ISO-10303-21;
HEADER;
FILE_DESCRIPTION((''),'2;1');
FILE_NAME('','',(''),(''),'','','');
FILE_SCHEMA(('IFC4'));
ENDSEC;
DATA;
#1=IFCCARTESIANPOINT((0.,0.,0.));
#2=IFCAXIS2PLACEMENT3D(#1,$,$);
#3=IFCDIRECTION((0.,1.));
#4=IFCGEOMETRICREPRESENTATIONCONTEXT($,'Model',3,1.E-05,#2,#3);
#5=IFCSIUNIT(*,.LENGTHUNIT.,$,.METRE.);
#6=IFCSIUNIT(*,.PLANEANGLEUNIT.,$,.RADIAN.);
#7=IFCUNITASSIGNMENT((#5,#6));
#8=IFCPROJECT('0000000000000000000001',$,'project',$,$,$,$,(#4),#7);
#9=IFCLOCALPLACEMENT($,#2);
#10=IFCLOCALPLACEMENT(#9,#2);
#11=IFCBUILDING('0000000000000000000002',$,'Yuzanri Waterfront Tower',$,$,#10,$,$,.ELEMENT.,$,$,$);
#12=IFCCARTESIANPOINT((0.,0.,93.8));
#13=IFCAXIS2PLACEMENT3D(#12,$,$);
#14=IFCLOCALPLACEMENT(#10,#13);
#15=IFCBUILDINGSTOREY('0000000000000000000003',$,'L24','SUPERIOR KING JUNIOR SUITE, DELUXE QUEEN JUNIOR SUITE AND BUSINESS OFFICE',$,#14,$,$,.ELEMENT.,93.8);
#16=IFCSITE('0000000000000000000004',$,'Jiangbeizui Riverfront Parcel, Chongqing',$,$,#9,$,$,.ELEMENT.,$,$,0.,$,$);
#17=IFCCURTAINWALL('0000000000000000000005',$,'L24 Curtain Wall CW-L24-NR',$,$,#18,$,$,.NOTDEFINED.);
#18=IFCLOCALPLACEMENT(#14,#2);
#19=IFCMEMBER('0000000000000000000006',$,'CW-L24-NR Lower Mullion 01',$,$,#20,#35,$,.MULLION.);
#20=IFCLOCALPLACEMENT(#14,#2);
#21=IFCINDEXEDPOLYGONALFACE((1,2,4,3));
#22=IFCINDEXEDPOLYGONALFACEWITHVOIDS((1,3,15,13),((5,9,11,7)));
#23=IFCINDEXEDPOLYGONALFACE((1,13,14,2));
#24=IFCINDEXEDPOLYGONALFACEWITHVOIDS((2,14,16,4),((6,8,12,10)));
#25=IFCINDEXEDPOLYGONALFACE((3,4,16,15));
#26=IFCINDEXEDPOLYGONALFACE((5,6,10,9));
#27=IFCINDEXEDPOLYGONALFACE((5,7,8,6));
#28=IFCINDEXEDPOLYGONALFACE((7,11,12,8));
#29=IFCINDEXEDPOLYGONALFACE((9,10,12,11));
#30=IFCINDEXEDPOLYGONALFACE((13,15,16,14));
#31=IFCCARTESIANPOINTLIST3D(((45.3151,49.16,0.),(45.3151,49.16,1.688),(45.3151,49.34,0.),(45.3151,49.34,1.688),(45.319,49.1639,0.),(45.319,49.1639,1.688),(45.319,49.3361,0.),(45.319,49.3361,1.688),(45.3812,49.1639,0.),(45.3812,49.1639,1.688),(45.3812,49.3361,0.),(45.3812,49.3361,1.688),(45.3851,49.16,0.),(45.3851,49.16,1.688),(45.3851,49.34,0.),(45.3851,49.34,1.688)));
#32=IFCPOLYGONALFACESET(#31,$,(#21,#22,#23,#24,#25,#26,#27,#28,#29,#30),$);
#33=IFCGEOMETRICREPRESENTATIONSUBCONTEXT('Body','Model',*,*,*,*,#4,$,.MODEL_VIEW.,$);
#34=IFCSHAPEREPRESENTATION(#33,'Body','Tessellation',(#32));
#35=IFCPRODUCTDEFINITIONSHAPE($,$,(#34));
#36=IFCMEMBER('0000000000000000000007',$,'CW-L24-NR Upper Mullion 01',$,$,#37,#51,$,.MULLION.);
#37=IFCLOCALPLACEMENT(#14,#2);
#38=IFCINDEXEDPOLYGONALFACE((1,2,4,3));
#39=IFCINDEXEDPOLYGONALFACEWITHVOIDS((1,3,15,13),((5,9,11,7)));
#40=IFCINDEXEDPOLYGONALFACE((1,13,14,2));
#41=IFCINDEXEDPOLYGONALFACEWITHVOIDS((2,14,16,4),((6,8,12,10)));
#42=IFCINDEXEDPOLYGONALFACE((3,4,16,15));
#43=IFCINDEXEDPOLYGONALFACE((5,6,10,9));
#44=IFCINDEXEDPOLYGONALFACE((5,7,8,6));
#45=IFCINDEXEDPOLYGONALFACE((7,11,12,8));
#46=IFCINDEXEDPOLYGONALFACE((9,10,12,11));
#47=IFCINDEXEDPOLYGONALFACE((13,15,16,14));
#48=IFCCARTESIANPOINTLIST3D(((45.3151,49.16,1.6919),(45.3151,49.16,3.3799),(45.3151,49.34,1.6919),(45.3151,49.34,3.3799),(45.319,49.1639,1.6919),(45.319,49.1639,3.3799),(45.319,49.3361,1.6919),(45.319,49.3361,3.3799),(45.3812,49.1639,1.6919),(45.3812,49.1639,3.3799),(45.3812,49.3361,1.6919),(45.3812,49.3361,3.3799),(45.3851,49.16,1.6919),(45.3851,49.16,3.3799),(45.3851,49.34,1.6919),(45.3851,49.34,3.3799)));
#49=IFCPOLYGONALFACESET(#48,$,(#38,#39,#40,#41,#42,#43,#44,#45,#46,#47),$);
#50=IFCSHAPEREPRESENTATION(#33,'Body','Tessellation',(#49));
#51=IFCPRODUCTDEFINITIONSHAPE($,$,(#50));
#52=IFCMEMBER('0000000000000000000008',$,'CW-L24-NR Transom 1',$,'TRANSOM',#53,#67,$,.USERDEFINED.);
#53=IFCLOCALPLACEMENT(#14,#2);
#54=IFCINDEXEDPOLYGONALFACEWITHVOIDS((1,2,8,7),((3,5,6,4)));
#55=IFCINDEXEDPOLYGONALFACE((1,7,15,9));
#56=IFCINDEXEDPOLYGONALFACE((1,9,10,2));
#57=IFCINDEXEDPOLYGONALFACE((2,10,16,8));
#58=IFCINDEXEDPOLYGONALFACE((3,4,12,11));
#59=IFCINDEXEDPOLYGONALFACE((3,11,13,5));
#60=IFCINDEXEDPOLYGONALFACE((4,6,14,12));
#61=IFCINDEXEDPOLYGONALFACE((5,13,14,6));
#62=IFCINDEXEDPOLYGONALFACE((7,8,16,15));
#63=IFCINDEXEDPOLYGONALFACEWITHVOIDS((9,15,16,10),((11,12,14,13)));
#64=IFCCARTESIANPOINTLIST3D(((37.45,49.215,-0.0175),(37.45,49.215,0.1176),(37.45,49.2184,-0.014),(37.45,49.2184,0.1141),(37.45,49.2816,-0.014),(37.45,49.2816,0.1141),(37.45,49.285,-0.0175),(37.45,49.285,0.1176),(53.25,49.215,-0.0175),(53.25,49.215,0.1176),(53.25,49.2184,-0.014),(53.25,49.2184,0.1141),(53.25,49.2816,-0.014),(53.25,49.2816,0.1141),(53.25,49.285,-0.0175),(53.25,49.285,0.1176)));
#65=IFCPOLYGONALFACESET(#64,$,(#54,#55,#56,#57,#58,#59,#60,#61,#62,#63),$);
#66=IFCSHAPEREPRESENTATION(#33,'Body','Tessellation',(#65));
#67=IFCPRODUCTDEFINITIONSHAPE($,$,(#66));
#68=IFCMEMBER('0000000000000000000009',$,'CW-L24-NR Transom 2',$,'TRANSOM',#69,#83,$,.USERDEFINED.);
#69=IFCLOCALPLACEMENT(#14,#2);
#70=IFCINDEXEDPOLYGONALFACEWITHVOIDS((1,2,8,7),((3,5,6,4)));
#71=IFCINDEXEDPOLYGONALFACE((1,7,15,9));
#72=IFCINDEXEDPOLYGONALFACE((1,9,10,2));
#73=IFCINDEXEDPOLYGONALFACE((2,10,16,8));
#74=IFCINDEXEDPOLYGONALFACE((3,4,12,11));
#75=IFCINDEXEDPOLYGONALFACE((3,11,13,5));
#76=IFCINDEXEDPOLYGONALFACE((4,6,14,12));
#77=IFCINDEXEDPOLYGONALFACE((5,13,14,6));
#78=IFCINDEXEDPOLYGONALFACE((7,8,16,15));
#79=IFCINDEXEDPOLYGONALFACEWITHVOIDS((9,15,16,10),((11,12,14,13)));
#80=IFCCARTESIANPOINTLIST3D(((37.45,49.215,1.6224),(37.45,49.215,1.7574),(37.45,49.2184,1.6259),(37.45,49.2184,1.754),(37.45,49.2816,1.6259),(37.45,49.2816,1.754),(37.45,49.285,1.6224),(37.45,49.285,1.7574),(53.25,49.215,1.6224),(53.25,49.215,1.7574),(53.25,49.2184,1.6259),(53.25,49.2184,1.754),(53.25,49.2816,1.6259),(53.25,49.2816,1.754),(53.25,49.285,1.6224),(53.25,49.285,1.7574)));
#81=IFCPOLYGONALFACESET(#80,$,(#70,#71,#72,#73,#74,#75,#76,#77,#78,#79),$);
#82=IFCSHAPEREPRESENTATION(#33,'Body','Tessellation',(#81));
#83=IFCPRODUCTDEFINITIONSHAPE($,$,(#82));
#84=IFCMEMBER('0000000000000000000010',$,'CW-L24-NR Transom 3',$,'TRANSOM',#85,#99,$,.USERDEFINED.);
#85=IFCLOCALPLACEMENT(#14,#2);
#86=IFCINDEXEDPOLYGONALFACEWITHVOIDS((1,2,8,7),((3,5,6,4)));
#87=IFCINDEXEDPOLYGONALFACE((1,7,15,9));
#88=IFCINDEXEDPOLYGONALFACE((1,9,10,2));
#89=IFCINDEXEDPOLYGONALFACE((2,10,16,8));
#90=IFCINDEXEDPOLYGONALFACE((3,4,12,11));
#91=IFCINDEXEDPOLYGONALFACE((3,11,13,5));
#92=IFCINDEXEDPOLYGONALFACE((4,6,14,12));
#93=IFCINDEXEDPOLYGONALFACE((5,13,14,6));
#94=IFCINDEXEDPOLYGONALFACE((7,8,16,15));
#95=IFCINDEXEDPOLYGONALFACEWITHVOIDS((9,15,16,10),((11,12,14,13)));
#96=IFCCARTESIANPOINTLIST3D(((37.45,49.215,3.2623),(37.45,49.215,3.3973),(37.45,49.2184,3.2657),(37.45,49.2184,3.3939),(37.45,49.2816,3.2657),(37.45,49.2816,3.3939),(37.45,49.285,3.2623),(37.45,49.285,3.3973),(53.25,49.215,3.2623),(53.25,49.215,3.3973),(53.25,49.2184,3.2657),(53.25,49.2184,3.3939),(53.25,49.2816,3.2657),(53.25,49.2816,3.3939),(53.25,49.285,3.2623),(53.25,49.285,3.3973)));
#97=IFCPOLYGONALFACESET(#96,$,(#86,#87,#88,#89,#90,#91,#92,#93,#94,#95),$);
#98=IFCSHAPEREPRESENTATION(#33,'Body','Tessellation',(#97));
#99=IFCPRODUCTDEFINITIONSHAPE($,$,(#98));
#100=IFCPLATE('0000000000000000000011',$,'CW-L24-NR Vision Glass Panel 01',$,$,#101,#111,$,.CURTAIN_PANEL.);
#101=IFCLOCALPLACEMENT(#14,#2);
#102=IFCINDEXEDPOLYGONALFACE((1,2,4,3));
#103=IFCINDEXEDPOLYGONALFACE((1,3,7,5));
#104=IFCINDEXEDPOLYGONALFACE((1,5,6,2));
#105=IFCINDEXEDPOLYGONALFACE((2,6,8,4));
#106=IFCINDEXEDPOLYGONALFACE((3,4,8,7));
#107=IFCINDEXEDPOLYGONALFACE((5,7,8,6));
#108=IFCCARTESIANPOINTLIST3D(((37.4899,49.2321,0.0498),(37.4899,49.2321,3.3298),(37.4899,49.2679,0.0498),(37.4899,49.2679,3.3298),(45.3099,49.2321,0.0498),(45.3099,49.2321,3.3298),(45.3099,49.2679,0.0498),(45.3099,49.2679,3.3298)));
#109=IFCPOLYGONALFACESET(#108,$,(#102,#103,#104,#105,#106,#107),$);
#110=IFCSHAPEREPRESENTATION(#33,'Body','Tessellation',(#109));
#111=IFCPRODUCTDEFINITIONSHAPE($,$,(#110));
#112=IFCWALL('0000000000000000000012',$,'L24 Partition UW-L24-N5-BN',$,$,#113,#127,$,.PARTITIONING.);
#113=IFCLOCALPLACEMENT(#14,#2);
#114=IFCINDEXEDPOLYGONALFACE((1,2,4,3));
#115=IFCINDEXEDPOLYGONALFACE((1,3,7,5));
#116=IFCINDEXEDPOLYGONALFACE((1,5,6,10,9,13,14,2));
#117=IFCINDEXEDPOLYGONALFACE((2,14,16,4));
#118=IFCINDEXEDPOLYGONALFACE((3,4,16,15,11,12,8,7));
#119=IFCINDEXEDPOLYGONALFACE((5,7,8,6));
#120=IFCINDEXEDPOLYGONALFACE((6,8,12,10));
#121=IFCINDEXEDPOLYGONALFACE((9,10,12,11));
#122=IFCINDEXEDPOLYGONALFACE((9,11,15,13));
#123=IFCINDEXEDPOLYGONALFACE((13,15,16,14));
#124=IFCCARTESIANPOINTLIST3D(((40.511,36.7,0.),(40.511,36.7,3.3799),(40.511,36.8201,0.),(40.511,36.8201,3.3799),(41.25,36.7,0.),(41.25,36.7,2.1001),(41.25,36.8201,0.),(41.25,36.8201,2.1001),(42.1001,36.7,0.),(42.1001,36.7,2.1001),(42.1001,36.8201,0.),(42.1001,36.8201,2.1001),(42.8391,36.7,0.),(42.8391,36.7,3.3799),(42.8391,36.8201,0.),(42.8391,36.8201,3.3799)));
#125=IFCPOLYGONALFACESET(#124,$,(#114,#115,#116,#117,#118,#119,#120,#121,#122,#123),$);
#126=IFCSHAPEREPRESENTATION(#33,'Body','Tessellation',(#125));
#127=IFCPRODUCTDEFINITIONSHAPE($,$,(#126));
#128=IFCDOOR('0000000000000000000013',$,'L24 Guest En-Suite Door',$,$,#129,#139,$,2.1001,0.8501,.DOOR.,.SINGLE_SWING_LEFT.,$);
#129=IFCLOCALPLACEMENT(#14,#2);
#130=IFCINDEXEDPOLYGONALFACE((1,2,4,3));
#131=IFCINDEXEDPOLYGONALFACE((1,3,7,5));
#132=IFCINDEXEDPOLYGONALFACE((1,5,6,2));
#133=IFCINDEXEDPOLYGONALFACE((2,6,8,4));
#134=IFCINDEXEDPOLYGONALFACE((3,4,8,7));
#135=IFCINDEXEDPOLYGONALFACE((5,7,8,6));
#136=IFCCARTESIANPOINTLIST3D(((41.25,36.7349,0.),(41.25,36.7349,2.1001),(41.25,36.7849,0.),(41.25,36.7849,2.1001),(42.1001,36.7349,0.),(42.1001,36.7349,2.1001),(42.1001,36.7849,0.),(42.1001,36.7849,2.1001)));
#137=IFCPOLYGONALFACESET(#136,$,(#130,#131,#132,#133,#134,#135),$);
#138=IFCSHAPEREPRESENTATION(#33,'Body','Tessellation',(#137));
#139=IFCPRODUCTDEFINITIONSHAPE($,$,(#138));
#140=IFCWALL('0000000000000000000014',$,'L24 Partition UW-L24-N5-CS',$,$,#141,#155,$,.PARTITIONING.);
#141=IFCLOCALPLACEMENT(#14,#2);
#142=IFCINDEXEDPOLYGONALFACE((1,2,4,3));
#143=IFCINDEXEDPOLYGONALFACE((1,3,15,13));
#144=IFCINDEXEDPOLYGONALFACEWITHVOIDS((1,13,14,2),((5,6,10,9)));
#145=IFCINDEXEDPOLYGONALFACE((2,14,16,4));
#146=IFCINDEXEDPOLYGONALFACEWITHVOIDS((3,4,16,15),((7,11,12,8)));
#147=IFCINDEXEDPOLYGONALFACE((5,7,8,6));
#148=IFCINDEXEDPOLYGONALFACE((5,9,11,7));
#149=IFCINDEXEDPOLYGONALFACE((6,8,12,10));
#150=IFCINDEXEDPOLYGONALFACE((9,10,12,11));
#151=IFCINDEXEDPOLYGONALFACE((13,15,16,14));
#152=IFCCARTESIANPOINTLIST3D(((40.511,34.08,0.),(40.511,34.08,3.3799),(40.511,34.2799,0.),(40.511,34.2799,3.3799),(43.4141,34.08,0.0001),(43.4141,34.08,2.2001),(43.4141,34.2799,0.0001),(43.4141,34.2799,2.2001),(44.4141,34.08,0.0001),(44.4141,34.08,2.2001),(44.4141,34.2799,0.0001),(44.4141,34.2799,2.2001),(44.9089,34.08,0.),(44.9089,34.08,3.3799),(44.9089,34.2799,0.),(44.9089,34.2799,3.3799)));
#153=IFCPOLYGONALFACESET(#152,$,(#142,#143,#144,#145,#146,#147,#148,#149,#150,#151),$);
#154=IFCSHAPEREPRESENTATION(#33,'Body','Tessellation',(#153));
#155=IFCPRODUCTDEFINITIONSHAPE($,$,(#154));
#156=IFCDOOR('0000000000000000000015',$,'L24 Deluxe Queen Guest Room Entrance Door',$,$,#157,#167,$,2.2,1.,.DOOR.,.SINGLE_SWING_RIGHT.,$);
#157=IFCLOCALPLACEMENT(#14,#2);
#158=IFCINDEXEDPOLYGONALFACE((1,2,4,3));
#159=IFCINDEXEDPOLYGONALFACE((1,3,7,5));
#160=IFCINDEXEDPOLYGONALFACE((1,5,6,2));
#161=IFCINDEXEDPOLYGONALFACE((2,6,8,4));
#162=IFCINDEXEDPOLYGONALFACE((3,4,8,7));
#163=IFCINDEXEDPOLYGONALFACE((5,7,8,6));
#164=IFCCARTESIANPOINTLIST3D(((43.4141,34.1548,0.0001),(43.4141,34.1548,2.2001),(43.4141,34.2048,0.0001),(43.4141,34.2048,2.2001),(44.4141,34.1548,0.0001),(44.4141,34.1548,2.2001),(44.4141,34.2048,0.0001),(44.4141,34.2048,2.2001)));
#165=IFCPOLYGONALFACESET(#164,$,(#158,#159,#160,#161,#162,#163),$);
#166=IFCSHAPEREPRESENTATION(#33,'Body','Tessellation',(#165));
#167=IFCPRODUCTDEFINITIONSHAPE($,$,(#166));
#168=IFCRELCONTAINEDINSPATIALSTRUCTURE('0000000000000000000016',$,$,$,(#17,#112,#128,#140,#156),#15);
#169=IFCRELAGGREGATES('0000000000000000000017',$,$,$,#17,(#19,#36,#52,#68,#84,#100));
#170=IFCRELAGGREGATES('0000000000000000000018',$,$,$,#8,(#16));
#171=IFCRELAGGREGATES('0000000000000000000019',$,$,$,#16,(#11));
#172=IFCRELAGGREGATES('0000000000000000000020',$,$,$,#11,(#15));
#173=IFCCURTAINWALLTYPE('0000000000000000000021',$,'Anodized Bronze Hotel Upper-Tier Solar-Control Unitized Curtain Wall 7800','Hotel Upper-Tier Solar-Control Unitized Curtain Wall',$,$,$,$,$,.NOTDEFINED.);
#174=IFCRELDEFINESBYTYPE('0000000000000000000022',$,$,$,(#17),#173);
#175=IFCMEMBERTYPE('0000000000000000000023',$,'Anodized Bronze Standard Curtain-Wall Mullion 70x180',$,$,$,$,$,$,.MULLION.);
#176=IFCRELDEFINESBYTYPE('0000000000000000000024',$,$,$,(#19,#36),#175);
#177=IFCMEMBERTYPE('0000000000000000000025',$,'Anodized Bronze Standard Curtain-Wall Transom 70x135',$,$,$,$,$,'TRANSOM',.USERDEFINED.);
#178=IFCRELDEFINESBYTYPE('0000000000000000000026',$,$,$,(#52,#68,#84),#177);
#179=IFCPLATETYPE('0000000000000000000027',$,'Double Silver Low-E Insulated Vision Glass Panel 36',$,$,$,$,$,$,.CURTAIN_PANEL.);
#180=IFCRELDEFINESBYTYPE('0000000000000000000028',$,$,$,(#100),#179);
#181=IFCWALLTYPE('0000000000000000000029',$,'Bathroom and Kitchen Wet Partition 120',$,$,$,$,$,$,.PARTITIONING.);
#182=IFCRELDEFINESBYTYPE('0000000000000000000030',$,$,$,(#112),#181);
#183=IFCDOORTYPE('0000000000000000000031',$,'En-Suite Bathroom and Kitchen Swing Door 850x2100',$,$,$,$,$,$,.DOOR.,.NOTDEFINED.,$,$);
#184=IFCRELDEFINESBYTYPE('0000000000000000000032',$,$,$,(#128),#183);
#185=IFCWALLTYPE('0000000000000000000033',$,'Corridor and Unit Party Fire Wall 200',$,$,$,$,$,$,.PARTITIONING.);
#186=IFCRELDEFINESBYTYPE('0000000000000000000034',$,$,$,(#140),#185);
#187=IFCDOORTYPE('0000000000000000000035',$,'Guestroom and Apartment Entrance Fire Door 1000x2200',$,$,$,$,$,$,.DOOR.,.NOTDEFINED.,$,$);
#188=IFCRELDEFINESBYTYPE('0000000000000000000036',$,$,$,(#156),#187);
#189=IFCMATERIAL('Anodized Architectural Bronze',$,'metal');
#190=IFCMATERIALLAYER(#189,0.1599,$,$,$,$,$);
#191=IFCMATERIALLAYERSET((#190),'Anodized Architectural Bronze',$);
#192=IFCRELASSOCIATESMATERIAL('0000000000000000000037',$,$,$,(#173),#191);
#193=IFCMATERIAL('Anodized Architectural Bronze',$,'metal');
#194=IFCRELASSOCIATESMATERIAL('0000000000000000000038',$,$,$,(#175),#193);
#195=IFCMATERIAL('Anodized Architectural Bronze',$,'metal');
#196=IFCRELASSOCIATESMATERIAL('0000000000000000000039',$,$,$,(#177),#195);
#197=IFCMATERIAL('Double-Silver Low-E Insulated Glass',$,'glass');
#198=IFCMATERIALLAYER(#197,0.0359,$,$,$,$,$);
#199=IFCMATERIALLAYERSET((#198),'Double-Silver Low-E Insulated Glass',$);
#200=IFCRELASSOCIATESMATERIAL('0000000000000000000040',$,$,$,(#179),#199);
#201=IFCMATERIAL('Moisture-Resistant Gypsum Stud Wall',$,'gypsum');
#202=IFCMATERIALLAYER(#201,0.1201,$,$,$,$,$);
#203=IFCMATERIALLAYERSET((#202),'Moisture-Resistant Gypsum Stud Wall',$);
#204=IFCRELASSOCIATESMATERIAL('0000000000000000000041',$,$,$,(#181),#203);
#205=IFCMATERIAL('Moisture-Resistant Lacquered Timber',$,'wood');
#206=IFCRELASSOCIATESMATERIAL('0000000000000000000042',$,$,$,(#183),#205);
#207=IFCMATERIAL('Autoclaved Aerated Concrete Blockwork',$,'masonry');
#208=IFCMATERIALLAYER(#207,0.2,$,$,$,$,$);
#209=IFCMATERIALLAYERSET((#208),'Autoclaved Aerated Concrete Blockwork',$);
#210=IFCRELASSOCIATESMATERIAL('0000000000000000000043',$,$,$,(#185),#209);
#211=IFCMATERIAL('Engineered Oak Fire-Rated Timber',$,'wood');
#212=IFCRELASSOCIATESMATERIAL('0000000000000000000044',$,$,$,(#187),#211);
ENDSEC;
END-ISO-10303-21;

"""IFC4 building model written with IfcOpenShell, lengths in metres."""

from ifc_helpers import new_model, si_unit, direction, frame, frame_2d, origin, origin_2d, place, context, subcontext, project, spatial, rectangle, hollow_rectangle, extrude, source, transform, mapped, material, layer, layer_set, material_profile, profile_set, type_object, element, fill, aggregate, save


model = new_model("IFC4")

# Units and contexts
model_context = context("Model", 3, precision=1e-05, world=origin(), true_north=direction((0.0, 1.0)))
body_context = subcontext(model_context, "Body", "Model", "MODEL_VIEW")
ifc_project = project(units=[si_unit("LENGTHUNIT", "METRE"), si_unit("PLANEANGLEUNIT", "RADIAN")], contexts=[model_context])

# Site, building, storey
site_placement = place(None, origin())
site = spatial("IfcSite", under=ifc_project, at=site_placement, Name="Jiangbeizui Riverfront Parcel, Chongqing", CompositionType="ELEMENT", RefElevation=0.0)
building_placement = place(site_placement, origin())
building = spatial("IfcBuilding", under=site, at=building_placement, Name="Yuzanri Waterfront Tower", CompositionType="ELEMENT")
storey_placement = place(building_placement, frame((0.0, 0.0, 93.8)))
storey = spatial("IfcBuildingStorey", under=building, at=storey_placement, Name="L24", Description="SUPERIOR KING JUNIOR SUITE, DELUXE QUEEN JUNIOR SUITE AND BUSINESS OFFICE", CompositionType="ELEMENT", Elevation=93.8)

# Shared definitions
ifc_material_1 = material(Name="Anodized Architectural Bronze", Category="metal")
ifc_layer_1 = layer(ifc_material_1, 0.1599)
ifc_layer_set_1 = layer_set([ifc_layer_1], Name="Anodized Architectural Bronze")
curtain_wall_type = type_object("IfcCurtainWallType", Name="Anodized Bronze Hotel Upper-Tier Solar-Control Unitized Curtain Wall 7800", Description="Hotel Upper-Tier Solar-Control Unitized Curtain Wall", PredefinedType="NOTDEFINED", material=ifc_layer_set_1)
ifc_material_2 = material(Name="Anodized Architectural Bronze", Category="metal")
ifc_material_profile_1 = material_profile(ifc_material_2, hollow_rectangle(XDim=0.0701, YDim=0.1799, WallThickness=0.0039, at=origin_2d()), Name="CWM 70x180")
ifc_profile_set_1 = profile_set([ifc_material_profile_1], Name="Anodized Architectural Bronze")
member_type_1 = type_object("IfcMemberType", Name="Anodized Bronze Standard Curtain-Wall Mullion 70x180", PredefinedType="MULLION", material=ifc_profile_set_1)
shared_shape_1 = source(origin(), body_context, "Body", "SweptSolid", [
    extrude(hollow_rectangle(XDim=0.0701, YDim=0.1799, WallThickness=0.0039, at=origin_2d()), origin(), (0.0, 0.0, 1.0), 1.688),
])

# Curtain wall, members, plate
curtain_wall_1_placement = place(storey_placement, origin())
curtain_wall_1 = element("IfcCurtainWall", 1, at=curtain_wall_1_placement, inside=storey, type_object=curtain_wall_type, Name="L24 Curtain Wall CW-L24-NR", PredefinedType="NOTDEFINED")
member_1_placement = place(storey_placement, frame((45.3501, 49.25, 0.0), z_axis=(0.0, 0.0, 1.0), x_axis=(1.0, 0.0, 0.0)))
member_1 = element("IfcMember", 2, at=member_1_placement, type_object=member_type_1, Name="CW-L24-NR Lower Mullion 01", PredefinedType="MULLION", context=body_context, shape_type="MappedRepresentation", body=[
    mapped(shared_shape_1, transform((0.0, 0.0, 0.0), scale=1.0)),
])
member_2_placement = place(storey_placement, frame((45.3501, 49.25, 1.6919), z_axis=(0.0, 0.0, 1.0), x_axis=(1.0, 0.0, 0.0)))
member_2 = element("IfcMember", 3, at=member_2_placement, type_object=member_type_1, Name="CW-L24-NR Upper Mullion 01", PredefinedType="MULLION", context=body_context, shape_type="MappedRepresentation", body=[
    mapped(shared_shape_1, transform((0.0, 0.0, 0.0), scale=1.0)),
])
ifc_material_3 = material(Name="Anodized Architectural Bronze", Category="metal")
ifc_material_profile_2 = material_profile(ifc_material_3, hollow_rectangle(XDim=0.0701, YDim=0.135, WallThickness=0.0034, at=origin_2d()), Name="CWT 70x135")
ifc_profile_set_2 = profile_set([ifc_material_profile_2], Name="Anodized Architectural Bronze")
member_type_2 = type_object("IfcMemberType", Name="Anodized Bronze Standard Curtain-Wall Transom 70x135", ElementType="TRANSOM", PredefinedType="USERDEFINED", material=ifc_profile_set_2)
shared_shape_2 = source(origin(), body_context, "Body", "SweptSolid", [
    extrude(hollow_rectangle(XDim=0.0701, YDim=0.135, WallThickness=0.0034, at=origin_2d()), origin(), (0.0, 0.0, 1.0), 15.8),
])
member_3_placement = place(storey_placement, frame((37.45, 49.25, 0.05), z_axis=(1.0, 0.0, 0.0), x_axis=(0.0, 1.0, 0.0)))
member_3 = element("IfcMember", 4, at=member_3_placement, type_object=member_type_2, Name="CW-L24-NR Transom 1", ObjectType="TRANSOM", PredefinedType="USERDEFINED", context=body_context, shape_type="MappedRepresentation", body=[
    mapped(shared_shape_2, transform((0.0, 0.0, 0.0), scale=1.0)),
])
member_4_placement = place(storey_placement, frame((37.45, 49.25, 1.6899), z_axis=(1.0, 0.0, 0.0), x_axis=(0.0, 1.0, 0.0)))
member_4 = element("IfcMember", 5, at=member_4_placement, type_object=member_type_2, Name="CW-L24-NR Transom 2", ObjectType="TRANSOM", PredefinedType="USERDEFINED", context=body_context, shape_type="MappedRepresentation", body=[
    mapped(shared_shape_2, transform((0.0, 0.0, 0.0), scale=1.0)),
])
member_5_placement = place(storey_placement, frame((37.45, 49.25, 3.3298), z_axis=(1.0, 0.0, 0.0), x_axis=(0.0, 1.0, 0.0)))
member_5 = element("IfcMember", 6, at=member_5_placement, type_object=member_type_2, Name="CW-L24-NR Transom 3", ObjectType="TRANSOM", PredefinedType="USERDEFINED", context=body_context, shape_type="MappedRepresentation", body=[
    mapped(shared_shape_2, transform((0.0, 0.0, 0.0), scale=1.0)),
])
ifc_material_4 = material(Name="Double-Silver Low-E Insulated Glass", Category="glass")
ifc_layer_2 = layer(ifc_material_4, 0.0359)
ifc_layer_set_2 = layer_set([ifc_layer_2], Name="Double-Silver Low-E Insulated Glass")
plate_type = type_object("IfcPlateType", Name="Double Silver Low-E Insulated Vision Glass Panel 36", PredefinedType="CURTAIN_PANEL", material=ifc_layer_set_2)
shared_shape_3 = source(origin(), body_context, "Body", "SweptSolid", [
    extrude(rectangle(XDim=7.8201, YDim=0.0359, at=origin_2d()), origin(), (0.0, 0.0, 1.0), 3.28),
])
plate_placement = place(storey_placement, frame((41.3999, 49.25, 0.0498), z_axis=(0.0, 0.0, 1.0), x_axis=(1.0, 0.0, 0.0)))
plate = element("IfcPlate", 7, at=plate_placement, type_object=plate_type, Name="CW-L24-NR Vision Glass Panel 01", PredefinedType="CURTAIN_PANEL", context=body_context, shape_type="MappedRepresentation", body=[
    mapped(shared_shape_3, transform((0.0, 0.0, 0.0), scale=1.0)),
])
aggregate(curtain_wall_1, [member_1, member_2, member_3, member_4, member_5, plate])

# Walls, openings, doors
ifc_material_5 = material(Name="Moisture-Resistant Gypsum Stud Wall", Category="gypsum")
ifc_layer_3 = layer(ifc_material_5, 0.1201)
ifc_layer_set_3 = layer_set([ifc_layer_3], Name="Moisture-Resistant Gypsum Stud Wall")
wall_type_1 = type_object("IfcWallType", Name="Bathroom and Kitchen Wet Partition 120", PredefinedType="PARTITIONING", material=ifc_layer_set_3)
wall_1_placement = place(storey_placement, frame((40.511, 36.76, 0.0), z_axis=(0.0, 0.0, 1.0), x_axis=(1.0, 0.0, 0.0)))
wall_1 = element("IfcWall", 8, at=wall_1_placement, inside=storey, type_object=wall_type_1, Name="L24 Partition UW-L24-N5-BN", PredefinedType="PARTITIONING", context=body_context, shape_type="SweptSolid", body=[
    extrude(rectangle(XDim=2.3281, YDim=0.1201, at=frame_2d((1.1641, 0.0))), origin(), (0.0, 0.0, 1.0), 3.3799),
])
opening_1_placement = place(wall_1_placement, frame((0.739, 0.0, 0.0)))
opening_1 = element("IfcOpeningElement", 9, at=opening_1_placement, cuts=wall_1, PredefinedType="OPENING", context=body_context, shape_type="SweptSolid", body=[
    extrude(rectangle(XDim=0.8501, YDim=2.1001, at=frame_2d((0.425, 1.05))), frame((0.0, 0.075, 0.0), z_axis=(0.0, -1.0, 0.0), x_axis=(1.0, 0.0, 0.0)), (0.0, 0.0, 1.0), 0.1499),
])
ifc_material_6 = material(Name="Moisture-Resistant Lacquered Timber", Category="wood")
door_type_1 = type_object("IfcDoorType", Name="En-Suite Bathroom and Kitchen Swing Door 850x2100", OperationType="NOTDEFINED", PredefinedType="DOOR", material=ifc_material_6)
shared_shape_4 = source(origin(), body_context, "Body", "SweptSolid", [
    extrude(rectangle(XDim=0.8501, YDim=2.1001, at=frame_2d((0.425, 1.05))), frame((0.0, 0.0249, 0.0), z_axis=(0.0, -1.0, 0.0), x_axis=(1.0, 0.0, 0.0)), (0.0, 0.0, 1.0), 0.05),
])
door_1_placement = place(opening_1_placement, origin())
door_1 = element("IfcDoor", 10, at=door_1_placement, inside=storey, type_object=door_type_1, Name="L24 Guest En-Suite Door", OperationType="SINGLE_SWING_LEFT", OverallHeight=2.1001, OverallWidth=0.8501, PredefinedType="DOOR", context=body_context, shape_type="MappedRepresentation", body=[
    mapped(shared_shape_4, transform((0.0, 0.0, 0.0), scale=1.0)),
])
fill(opening_1, door_1)
ifc_material_7 = material(Name="Autoclaved Aerated Concrete Blockwork", Category="masonry")
ifc_layer_4 = layer(ifc_material_7, 0.2)
ifc_layer_set_4 = layer_set([ifc_layer_4], Name="Autoclaved Aerated Concrete Blockwork")
wall_type_2 = type_object("IfcWallType", Name="Corridor and Unit Party Fire Wall 200", PredefinedType="PARTITIONING", material=ifc_layer_set_4)
wall_2_placement = place(storey_placement, frame((40.511, 34.1799, 0.0), z_axis=(0.0, 0.0, 1.0), x_axis=(1.0, 0.0, 0.0)))
wall_2 = element("IfcWall", 11, at=wall_2_placement, inside=storey, type_object=wall_type_2, Name="L24 Partition UW-L24-N5-CS", PredefinedType="PARTITIONING", context=body_context, shape_type="SweptSolid", body=[
    extrude(rectangle(XDim=4.3979, YDim=0.2, at=frame_2d((2.199, 0.0))), origin(), (0.0, 0.0, 1.0), 3.3799),
])
opening_2_placement = place(wall_2_placement, frame((2.9031, 0.0, 0.0)))
opening_2 = element("IfcOpeningElement", 12, at=opening_2_placement, cuts=wall_2, PredefinedType="OPENING", context=body_context, shape_type="SweptSolid", body=[
    extrude(rectangle(XDim=1.0, YDim=2.2, at=frame_2d((0.5, 1.1001))), frame((0.0, 0.1147, 0.0), z_axis=(0.0, -1.0, 0.0), x_axis=(1.0, 0.0, 0.0)), (0.0, 0.0, 1.0), 0.2297),
])
ifc_material_8 = material(Name="Engineered Oak Fire-Rated Timber", Category="wood")
door_type_2 = type_object("IfcDoorType", Name="Guestroom and Apartment Entrance Fire Door 1000x2200", OperationType="NOTDEFINED", PredefinedType="DOOR", material=ifc_material_8)
shared_shape_5 = source(origin(), body_context, "Body", "SweptSolid", [
    extrude(rectangle(XDim=1.0, YDim=2.2, at=frame_2d((0.5, 1.1001))), frame((0.0, 0.0249, 0.0), z_axis=(0.0, -1.0, 0.0), x_axis=(1.0, 0.0, 0.0)), (0.0, 0.0, 1.0), 0.05),
])
door_2_placement = place(opening_2_placement, origin())
door_2 = element("IfcDoor", 13, at=door_2_placement, inside=storey, type_object=door_type_2, Name="L24 Deluxe Queen Guest Room Entrance Door", OperationType="SINGLE_SWING_RIGHT", OverallHeight=2.2, OverallWidth=1.0, PredefinedType="DOOR", context=body_context, shape_type="MappedRepresentation", body=[
    mapped(shared_shape_5, transform((0.0, 0.0, 0.0), scale=1.0)),
])
fill(opening_2, door_2)

save(model, "model.ifc")
